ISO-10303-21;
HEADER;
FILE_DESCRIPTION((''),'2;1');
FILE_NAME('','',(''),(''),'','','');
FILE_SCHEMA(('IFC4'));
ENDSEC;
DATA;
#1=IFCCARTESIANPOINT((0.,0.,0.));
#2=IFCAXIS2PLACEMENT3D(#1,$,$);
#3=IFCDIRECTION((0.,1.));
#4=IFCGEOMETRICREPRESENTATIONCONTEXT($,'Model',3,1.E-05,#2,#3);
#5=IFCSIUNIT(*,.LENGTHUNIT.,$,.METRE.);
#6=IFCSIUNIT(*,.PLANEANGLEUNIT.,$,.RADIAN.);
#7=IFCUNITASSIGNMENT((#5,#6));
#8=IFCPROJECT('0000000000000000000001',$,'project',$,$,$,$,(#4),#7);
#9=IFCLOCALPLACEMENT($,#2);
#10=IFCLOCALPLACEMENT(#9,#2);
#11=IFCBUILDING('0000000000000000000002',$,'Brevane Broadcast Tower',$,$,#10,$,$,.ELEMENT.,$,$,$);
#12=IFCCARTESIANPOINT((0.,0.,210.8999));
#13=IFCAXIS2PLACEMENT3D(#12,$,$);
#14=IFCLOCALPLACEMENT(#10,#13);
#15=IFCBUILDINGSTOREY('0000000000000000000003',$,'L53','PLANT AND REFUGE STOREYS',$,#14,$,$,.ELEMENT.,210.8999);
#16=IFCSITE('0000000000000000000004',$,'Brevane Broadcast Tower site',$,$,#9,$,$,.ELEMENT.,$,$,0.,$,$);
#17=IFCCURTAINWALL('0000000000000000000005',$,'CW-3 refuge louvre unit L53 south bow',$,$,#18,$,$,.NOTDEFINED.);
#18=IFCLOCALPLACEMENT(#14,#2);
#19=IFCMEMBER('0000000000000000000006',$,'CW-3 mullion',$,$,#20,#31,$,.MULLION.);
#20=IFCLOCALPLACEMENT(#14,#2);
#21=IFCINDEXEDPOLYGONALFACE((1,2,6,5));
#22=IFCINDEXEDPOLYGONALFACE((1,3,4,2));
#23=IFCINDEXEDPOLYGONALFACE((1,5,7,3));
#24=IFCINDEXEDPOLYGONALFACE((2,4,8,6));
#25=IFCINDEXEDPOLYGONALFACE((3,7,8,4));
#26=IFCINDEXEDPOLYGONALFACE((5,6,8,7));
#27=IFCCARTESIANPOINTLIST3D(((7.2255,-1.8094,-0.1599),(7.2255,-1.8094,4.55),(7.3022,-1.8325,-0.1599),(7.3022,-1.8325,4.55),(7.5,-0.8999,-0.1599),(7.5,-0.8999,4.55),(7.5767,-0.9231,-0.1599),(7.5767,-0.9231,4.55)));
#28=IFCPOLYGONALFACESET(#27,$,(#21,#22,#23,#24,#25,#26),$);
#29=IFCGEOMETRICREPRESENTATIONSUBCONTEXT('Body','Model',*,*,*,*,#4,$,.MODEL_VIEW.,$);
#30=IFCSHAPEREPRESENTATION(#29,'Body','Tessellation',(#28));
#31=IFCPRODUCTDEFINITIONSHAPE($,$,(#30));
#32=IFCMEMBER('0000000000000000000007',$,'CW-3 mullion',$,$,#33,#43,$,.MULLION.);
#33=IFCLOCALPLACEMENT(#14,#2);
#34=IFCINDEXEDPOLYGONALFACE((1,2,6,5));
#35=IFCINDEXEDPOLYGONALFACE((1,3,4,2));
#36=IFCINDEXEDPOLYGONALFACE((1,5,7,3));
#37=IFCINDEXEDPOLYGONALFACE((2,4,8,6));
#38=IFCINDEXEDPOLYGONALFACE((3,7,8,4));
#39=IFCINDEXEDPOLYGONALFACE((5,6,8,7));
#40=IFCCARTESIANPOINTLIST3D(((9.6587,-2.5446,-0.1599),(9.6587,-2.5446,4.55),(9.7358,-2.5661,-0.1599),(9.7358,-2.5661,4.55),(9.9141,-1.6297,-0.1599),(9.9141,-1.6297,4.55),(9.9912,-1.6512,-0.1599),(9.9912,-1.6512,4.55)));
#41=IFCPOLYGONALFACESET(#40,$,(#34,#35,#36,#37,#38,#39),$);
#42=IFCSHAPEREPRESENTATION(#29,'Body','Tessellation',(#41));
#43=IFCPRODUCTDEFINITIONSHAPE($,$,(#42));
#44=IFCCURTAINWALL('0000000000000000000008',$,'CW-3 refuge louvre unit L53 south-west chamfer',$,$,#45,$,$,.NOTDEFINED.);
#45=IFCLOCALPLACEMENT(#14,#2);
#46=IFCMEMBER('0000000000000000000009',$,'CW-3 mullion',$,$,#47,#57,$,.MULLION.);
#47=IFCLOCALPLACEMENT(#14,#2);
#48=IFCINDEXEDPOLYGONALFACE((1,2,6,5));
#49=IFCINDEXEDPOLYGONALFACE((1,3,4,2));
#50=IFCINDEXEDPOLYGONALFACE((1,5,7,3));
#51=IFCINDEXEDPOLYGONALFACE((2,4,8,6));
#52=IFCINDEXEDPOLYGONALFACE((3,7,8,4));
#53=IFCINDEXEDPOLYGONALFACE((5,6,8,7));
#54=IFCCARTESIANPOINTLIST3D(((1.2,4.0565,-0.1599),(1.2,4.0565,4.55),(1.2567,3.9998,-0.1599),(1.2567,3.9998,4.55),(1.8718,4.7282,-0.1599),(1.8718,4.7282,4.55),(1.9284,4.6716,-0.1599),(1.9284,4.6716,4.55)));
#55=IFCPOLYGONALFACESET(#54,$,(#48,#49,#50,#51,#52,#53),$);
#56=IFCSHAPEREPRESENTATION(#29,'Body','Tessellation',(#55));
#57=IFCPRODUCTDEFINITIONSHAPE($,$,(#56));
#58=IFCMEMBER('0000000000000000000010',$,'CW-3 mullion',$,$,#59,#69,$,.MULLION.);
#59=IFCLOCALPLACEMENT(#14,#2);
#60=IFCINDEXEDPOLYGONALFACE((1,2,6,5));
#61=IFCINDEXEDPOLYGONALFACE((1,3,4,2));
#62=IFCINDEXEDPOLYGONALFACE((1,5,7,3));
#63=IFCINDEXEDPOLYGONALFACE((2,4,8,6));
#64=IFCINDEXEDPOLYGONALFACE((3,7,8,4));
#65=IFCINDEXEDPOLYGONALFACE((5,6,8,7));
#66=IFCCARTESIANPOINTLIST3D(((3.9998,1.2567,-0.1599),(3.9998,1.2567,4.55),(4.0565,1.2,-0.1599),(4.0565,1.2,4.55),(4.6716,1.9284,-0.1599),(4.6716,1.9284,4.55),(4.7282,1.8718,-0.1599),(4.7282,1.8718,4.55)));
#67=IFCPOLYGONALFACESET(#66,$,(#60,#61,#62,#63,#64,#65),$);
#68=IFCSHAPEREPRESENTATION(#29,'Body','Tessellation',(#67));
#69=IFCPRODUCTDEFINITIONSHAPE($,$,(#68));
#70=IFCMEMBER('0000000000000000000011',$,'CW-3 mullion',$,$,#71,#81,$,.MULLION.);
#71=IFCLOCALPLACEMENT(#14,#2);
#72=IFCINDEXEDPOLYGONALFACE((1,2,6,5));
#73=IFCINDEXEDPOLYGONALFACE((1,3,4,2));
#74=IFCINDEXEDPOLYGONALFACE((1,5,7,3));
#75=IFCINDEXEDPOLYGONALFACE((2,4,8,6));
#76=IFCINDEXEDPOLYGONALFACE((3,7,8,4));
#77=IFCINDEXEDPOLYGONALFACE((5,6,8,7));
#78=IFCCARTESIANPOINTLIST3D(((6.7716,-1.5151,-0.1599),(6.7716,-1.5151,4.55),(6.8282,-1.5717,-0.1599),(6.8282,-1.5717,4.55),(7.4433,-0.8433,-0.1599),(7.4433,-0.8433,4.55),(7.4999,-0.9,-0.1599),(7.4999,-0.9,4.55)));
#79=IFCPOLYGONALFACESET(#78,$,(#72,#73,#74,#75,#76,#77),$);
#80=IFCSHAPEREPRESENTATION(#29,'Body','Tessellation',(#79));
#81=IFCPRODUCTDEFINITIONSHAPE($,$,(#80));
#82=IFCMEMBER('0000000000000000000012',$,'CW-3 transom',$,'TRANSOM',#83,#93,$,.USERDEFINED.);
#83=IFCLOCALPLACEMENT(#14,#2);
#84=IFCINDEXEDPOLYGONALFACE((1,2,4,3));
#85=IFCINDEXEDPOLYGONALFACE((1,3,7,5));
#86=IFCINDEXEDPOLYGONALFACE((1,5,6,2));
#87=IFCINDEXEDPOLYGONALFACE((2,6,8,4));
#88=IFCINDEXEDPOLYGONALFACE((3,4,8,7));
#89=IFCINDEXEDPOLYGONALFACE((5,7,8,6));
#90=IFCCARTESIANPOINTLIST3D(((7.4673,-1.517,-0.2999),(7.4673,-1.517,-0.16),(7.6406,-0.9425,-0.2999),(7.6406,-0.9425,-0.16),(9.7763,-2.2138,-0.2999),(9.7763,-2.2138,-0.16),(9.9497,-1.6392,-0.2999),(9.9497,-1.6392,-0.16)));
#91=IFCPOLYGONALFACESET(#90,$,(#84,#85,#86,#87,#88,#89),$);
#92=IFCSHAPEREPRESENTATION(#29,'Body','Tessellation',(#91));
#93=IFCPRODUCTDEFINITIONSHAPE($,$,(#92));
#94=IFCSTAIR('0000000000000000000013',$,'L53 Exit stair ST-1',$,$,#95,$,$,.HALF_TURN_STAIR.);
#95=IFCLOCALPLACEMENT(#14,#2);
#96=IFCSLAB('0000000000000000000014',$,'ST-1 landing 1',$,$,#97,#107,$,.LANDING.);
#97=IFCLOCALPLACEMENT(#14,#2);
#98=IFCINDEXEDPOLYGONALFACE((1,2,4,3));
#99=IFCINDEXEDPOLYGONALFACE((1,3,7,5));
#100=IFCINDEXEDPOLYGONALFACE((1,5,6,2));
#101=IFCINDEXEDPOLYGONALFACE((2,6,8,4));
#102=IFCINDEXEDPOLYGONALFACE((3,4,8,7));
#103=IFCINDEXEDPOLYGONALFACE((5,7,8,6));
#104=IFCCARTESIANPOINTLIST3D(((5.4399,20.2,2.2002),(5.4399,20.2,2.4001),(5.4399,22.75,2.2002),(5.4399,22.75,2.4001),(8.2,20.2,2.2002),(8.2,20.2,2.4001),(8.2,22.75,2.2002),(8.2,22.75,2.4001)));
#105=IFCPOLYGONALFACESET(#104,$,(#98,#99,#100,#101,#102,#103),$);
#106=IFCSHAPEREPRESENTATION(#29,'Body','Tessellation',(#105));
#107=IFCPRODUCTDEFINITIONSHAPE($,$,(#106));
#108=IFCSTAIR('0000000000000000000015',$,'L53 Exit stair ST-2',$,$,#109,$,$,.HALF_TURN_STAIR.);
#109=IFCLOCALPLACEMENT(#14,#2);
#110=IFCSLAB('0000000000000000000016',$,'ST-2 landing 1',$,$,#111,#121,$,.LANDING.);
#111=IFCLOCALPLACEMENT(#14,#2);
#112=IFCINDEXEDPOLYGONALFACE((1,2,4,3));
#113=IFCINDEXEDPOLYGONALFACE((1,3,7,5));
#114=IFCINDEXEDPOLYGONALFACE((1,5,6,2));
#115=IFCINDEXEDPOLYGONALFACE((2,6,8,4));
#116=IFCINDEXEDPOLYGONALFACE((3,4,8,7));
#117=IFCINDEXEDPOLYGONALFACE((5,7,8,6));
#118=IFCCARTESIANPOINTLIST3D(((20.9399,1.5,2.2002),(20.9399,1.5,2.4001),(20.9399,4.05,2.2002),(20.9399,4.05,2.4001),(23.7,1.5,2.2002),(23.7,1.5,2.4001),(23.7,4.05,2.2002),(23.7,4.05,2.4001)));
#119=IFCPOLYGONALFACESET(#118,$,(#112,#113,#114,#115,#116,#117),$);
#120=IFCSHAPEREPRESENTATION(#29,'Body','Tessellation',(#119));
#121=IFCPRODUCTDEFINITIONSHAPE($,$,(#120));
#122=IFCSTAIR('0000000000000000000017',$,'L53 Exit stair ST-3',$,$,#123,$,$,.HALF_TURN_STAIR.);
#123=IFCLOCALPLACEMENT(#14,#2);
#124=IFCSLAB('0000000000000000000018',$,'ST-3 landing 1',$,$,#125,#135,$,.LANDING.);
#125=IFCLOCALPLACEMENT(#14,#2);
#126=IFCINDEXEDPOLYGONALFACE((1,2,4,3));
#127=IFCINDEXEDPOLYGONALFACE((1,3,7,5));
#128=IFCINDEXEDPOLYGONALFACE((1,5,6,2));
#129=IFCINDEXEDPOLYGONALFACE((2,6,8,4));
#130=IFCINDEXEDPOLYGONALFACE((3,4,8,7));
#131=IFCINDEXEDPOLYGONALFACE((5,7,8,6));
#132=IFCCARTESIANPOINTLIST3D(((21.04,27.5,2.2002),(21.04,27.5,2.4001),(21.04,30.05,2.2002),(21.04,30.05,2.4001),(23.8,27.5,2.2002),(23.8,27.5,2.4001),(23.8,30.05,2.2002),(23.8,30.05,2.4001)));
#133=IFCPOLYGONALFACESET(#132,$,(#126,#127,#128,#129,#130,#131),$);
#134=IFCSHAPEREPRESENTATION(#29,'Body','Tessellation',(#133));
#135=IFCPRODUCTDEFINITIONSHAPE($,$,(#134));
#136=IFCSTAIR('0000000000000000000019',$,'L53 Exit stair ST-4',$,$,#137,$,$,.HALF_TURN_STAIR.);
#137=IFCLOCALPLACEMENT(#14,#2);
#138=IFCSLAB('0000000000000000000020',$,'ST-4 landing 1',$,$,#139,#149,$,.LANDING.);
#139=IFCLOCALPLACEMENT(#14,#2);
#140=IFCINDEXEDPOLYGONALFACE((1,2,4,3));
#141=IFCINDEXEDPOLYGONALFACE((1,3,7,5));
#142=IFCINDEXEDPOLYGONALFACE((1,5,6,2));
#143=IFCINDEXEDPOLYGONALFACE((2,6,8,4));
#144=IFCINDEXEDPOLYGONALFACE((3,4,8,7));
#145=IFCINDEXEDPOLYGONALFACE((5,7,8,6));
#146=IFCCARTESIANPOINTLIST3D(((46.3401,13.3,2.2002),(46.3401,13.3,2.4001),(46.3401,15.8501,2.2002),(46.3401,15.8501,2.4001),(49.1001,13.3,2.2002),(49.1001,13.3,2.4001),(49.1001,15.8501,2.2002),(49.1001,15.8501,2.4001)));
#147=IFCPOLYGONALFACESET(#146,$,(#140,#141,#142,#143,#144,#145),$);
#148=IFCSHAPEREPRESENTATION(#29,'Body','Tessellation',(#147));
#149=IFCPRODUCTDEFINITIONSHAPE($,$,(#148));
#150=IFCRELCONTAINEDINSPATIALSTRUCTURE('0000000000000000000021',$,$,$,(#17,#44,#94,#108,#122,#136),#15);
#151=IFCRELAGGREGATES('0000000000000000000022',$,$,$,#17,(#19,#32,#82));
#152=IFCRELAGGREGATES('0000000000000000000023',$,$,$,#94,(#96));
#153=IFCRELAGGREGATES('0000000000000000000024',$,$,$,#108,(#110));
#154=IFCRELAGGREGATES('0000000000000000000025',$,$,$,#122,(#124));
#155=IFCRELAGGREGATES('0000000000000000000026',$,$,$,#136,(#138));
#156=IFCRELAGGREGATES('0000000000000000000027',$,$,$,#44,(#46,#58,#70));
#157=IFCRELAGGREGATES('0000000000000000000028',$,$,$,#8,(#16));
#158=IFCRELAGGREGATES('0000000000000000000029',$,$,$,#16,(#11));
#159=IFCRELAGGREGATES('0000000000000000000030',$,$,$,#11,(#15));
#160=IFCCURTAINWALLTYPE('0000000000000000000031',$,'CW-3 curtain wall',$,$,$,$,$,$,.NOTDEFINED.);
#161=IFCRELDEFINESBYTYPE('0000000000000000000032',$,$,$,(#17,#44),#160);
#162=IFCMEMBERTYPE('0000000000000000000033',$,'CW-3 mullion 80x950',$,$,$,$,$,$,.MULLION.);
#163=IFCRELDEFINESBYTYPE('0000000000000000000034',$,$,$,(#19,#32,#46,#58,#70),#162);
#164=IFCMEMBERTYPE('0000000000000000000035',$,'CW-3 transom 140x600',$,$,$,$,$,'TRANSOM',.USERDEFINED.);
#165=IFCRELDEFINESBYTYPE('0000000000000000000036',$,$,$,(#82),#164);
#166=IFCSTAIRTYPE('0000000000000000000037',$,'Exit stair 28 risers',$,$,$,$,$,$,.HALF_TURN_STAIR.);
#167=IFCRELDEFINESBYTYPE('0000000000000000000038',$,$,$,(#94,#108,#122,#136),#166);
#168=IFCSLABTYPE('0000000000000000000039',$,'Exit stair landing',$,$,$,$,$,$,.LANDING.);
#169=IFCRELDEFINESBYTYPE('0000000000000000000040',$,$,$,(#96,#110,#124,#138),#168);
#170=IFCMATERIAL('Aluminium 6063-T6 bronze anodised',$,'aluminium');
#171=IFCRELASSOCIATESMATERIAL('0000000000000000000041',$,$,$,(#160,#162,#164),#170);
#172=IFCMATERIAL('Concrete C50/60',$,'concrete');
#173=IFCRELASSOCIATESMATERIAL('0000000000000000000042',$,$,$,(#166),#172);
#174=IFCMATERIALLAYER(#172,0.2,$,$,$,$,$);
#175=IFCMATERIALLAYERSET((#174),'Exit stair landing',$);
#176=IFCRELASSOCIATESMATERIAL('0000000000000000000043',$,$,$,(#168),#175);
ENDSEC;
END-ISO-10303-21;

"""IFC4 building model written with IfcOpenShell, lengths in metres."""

from ifc_helpers import new_model, si_unit, direction, frame, origin, origin_2d, place, context, subcontext, project, spatial, polyline, rectangle, outline, extrude, material, layer, layer_set, material_profile, profile_set, type_object, element, aggregate, save


model = new_model("IFC4")

# Units and contexts
model_context = context("Model", 3, precision=1e-05, world=origin(), true_north=direction((0.0, 1.0)))
body_context = subcontext(model_context, "Body", "Model", "MODEL_VIEW")
ifc_project = project(units=[si_unit("LENGTHUNIT", "METRE"), si_unit("PLANEANGLEUNIT", "RADIAN")], contexts=[model_context])

# Site, building, storey
site_placement = place(None, origin())
site = spatial("IfcSite", under=ifc_project, at=site_placement, Name="Brevane Broadcast Tower site", CompositionType="ELEMENT", RefElevation=0.0)
building_placement = place(site_placement, origin())
building = spatial("IfcBuilding", under=site, at=building_placement, Name="Brevane Broadcast Tower", CompositionType="ELEMENT")
storey_placement = place(building_placement, frame((0.0, 0.0, 210.8999)))
storey = spatial("IfcBuildingStorey", under=building, at=storey_placement, Name="L53", Description="PLANT AND REFUGE STOREYS", CompositionType="ELEMENT", Elevation=210.8999)

# Curtain walls, members
ifc_material_1 = material(Name="Aluminium 6063-T6 bronze anodised", Category="aluminium")
curtain_wall_type = type_object("IfcCurtainWallType", Name="CW-3 curtain wall", PredefinedType="NOTDEFINED", material=ifc_material_1)
curtain_wall_1_placement = place(storey_placement, origin())
curtain_wall_1 = element("IfcCurtainWall", 1, at=curtain_wall_1_placement, inside=storey, type_object=curtain_wall_type, Name="CW-3 refuge louvre unit L53 south bow", PredefinedType="NOTDEFINED")
ifc_material_profile_1 = material_profile(ifc_material_1, rectangle(XDim=0.95, YDim=0.0801, at=origin_2d()), Name="RECT 80x950")
ifc_profile_set_1 = profile_set([ifc_material_profile_1], Name="Aluminium 6063-T6 bronze anodised")
member_type_1 = type_object("IfcMemberType", Name="CW-3 mullion 80x950", PredefinedType="MULLION", material=ifc_profile_set_1)
member_1_placement = place(storey_placement, frame((7.4011, -1.3662, -0.1599), z_axis=(0.0, 0.0, 1.0), x_axis=(0.288968, 0.957339, 0.0)))
member_1 = element("IfcMember", 2, at=member_1_placement, type_object=member_type_1, Name="CW-3 mullion", PredefinedType="MULLION", context=body_context, shape_type="SweptSolid", body=[
    extrude(rectangle(XDim=0.95, YDim=0.0801, at=origin_2d()), origin(), (0.0, 0.0, 1.0), 4.71),
])
member_2_placement = place(storey_placement, frame((9.825, -2.0979, -0.1599), z_axis=(0.0, 0.0, 1.0), x_axis=(0.268916, 0.963164, 0.0)))
member_2 = element("IfcMember", 3, at=member_2_placement, type_object=member_type_1, Name="CW-3 mullion", PredefinedType="MULLION", context=body_context, shape_type="SweptSolid", body=[
    extrude(rectangle(XDim=0.95, YDim=0.0801, at=origin_2d()), origin(), (0.0, 0.0, 1.0), 4.71),
])
curtain_wall_2_placement = place(storey_placement, origin())
curtain_wall_2 = element("IfcCurtainWall", 4, at=curtain_wall_2_placement, inside=storey, type_object=curtain_wall_type, Name="CW-3 refuge louvre unit L53 south-west chamfer", PredefinedType="NOTDEFINED")
member_3_placement = place(storey_placement, frame((1.5642, 4.364, -0.1599), z_axis=(0.0, 0.0, 1.0), x_axis=(0.707107, 0.707107, 0.0)))
member_3 = element("IfcMember", 5, at=member_3_placement, type_object=member_type_1, Name="CW-3 mullion", PredefinedType="MULLION", context=body_context, shape_type="SweptSolid", body=[
    extrude(rectangle(XDim=0.95, YDim=0.0801, at=origin_2d()), origin(), (0.0, 0.0, 1.0), 4.71),
])
member_4_placement = place(storey_placement, frame((4.364, 1.5642, -0.1599), z_axis=(0.0, 0.0, 1.0), x_axis=(0.707107, 0.707107, 0.0)))
member_4 = element("IfcMember", 6, at=member_4_placement, type_object=member_type_1, Name="CW-3 mullion", PredefinedType="MULLION", context=body_context, shape_type="SweptSolid", body=[
    extrude(rectangle(XDim=0.95, YDim=0.0801, at=origin_2d()), origin(), (0.0, 0.0, 1.0), 4.71),
])
member_5_placement = place(storey_placement, frame((7.1357, -1.2075, -0.1599), z_axis=(0.0, 0.0, 1.0), x_axis=(0.707107, 0.707107, 0.0)))
member_5 = element("IfcMember", 7, at=member_5_placement, type_object=member_type_1, Name="CW-3 mullion", PredefinedType="MULLION", context=body_context, shape_type="SweptSolid", body=[
    extrude(rectangle(XDim=0.95, YDim=0.0801, at=origin_2d()), origin(), (0.0, 0.0, 1.0), 4.71),
])

# Member
ifc_material_profile_2 = material_profile(ifc_material_1, rectangle(XDim=0.6001, YDim=0.1399, at=origin_2d()), Name="RECT 140x600")
ifc_profile_set_2 = profile_set([ifc_material_profile_2], Name="Aluminium 6063-T6 bronze anodised")
member_type_2 = type_object("IfcMemberType", Name="CW-3 transom 140x600", ElementType="TRANSOM", PredefinedType="USERDEFINED", material=ifc_profile_set_2)
member_6_placement = place(storey_placement, frame((7.554, -1.2297, -0.23), z_axis=(0.957363, -0.288889, 0.0), x_axis=(0.288889, 0.957363, 0.0)))
member_6 = element("IfcMember", 8, at=member_6_placement, type_object=member_type_2, Name="CW-3 transom", ObjectType="TRANSOM", PredefinedType="USERDEFINED", context=body_context, shape_type="SweptSolid", body=[
    extrude(rectangle(XDim=0.6001, YDim=0.1399, at=origin_2d()), origin(), (0.0, 0.0, 1.0), 2.4119),
])
aggregate(curtain_wall_1, [member_1, member_2, member_6])

# Stairs, slabs
ifc_material_2 = material(Name="Concrete C50/60", Category="concrete")
stair_type = type_object("IfcStairType", Name="Exit stair 28 risers", PredefinedType="HALF_TURN_STAIR", material=ifc_material_2)
stair_1_placement = place(storey_placement, origin())
stair_1 = element("IfcStair", 9, at=stair_1_placement, inside=storey, type_object=stair_type, Name="L53 Exit stair ST-1", PredefinedType="HALF_TURN_STAIR")
ifc_layer_1 = layer(ifc_material_2, 0.2)
ifc_layer_set_1 = layer_set([ifc_layer_1], Name="Exit stair landing")
slab_type_1 = type_object("IfcSlabType", Name="Exit stair landing", PredefinedType="LANDING", material=ifc_layer_set_1)
slab_1_placement = place(storey_placement, frame((0.0, 0.0, 2.2002)))
slab_1 = element("IfcSlab", 10, at=slab_1_placement, type_object=slab_type_1, Name="ST-1 landing 1", PredefinedType="LANDING", context=body_context, shape_type="SweptSolid", body=[
    extrude(outline(polyline([(5.4399, 20.2), (8.2, 20.2), (8.2, 22.75), (5.4399, 22.75), (5.4399, 20.2)])), origin(), (0.0, 0.0, 1.0), 0.2),
])
aggregate(stair_1, [slab_1])
stair_2_placement = place(storey_placement, origin())
stair_2 = element("IfcStair", 11, at=stair_2_placement, inside=storey, type_object=stair_type, Name="L53 Exit stair ST-2", PredefinedType="HALF_TURN_STAIR")
slab_2_placement = place(storey_placement, frame((0.0, 0.0, 2.2002)))
slab_2 = element("IfcSlab", 12, at=slab_2_placement, type_object=slab_type_1, Name="ST-2 landing 1", PredefinedType="LANDING", context=body_context, shape_type="SweptSolid", body=[
    extrude(outline(polyline([(20.9399, 1.5), (23.7, 1.5), (23.7, 4.05), (20.9399, 4.05), (20.9399, 1.5)])), origin(), (0.0, 0.0, 1.0), 0.2),
])
aggregate(stair_2, [slab_2])
stair_3_placement = place(storey_placement, origin())
stair_3 = element("IfcStair", 13, at=stair_3_placement, inside=storey, type_object=stair_type, Name="L53 Exit stair ST-3", PredefinedType="HALF_TURN_STAIR")
slab_3_placement = place(storey_placement, frame((0.0, 0.0, 2.2002)))
slab_3 = element("IfcSlab", 14, at=slab_3_placement, type_object=slab_type_1, Name="ST-3 landing 1", PredefinedType="LANDING", context=body_context, shape_type="SweptSolid", body=[
    extrude(outline(polyline([(21.04, 27.5), (23.8, 27.5), (23.8, 30.05), (21.04, 30.05), (21.04, 27.5)])), origin(), (0.0, 0.0, 1.0), 0.2),
])
aggregate(stair_3, [slab_3])
stair_4_placement = place(storey_placement, origin())
stair_4 = element("IfcStair", 15, at=stair_4_placement, inside=storey, type_object=stair_type, Name="L53 Exit stair ST-4", PredefinedType="HALF_TURN_STAIR")
slab_4_placement = place(storey_placement, frame((0.0, 0.0, 2.2002)))
slab_4 = element("IfcSlab", 16, at=slab_4_placement, type_object=slab_type_1, Name="ST-4 landing 1", PredefinedType="LANDING", context=body_context, shape_type="SweptSolid", body=[
    extrude(outline(polyline([(46.3401, 13.3), (49.1001, 13.3), (49.1001, 15.8501), (46.3401, 15.8501), (46.3401, 13.3)])), origin(), (0.0, 0.0, 1.0), 0.2),
])
aggregate(stair_4, [slab_4])

aggregate(curtain_wall_2, [member_3, member_4, member_5])

save(model, "model.ifc")
